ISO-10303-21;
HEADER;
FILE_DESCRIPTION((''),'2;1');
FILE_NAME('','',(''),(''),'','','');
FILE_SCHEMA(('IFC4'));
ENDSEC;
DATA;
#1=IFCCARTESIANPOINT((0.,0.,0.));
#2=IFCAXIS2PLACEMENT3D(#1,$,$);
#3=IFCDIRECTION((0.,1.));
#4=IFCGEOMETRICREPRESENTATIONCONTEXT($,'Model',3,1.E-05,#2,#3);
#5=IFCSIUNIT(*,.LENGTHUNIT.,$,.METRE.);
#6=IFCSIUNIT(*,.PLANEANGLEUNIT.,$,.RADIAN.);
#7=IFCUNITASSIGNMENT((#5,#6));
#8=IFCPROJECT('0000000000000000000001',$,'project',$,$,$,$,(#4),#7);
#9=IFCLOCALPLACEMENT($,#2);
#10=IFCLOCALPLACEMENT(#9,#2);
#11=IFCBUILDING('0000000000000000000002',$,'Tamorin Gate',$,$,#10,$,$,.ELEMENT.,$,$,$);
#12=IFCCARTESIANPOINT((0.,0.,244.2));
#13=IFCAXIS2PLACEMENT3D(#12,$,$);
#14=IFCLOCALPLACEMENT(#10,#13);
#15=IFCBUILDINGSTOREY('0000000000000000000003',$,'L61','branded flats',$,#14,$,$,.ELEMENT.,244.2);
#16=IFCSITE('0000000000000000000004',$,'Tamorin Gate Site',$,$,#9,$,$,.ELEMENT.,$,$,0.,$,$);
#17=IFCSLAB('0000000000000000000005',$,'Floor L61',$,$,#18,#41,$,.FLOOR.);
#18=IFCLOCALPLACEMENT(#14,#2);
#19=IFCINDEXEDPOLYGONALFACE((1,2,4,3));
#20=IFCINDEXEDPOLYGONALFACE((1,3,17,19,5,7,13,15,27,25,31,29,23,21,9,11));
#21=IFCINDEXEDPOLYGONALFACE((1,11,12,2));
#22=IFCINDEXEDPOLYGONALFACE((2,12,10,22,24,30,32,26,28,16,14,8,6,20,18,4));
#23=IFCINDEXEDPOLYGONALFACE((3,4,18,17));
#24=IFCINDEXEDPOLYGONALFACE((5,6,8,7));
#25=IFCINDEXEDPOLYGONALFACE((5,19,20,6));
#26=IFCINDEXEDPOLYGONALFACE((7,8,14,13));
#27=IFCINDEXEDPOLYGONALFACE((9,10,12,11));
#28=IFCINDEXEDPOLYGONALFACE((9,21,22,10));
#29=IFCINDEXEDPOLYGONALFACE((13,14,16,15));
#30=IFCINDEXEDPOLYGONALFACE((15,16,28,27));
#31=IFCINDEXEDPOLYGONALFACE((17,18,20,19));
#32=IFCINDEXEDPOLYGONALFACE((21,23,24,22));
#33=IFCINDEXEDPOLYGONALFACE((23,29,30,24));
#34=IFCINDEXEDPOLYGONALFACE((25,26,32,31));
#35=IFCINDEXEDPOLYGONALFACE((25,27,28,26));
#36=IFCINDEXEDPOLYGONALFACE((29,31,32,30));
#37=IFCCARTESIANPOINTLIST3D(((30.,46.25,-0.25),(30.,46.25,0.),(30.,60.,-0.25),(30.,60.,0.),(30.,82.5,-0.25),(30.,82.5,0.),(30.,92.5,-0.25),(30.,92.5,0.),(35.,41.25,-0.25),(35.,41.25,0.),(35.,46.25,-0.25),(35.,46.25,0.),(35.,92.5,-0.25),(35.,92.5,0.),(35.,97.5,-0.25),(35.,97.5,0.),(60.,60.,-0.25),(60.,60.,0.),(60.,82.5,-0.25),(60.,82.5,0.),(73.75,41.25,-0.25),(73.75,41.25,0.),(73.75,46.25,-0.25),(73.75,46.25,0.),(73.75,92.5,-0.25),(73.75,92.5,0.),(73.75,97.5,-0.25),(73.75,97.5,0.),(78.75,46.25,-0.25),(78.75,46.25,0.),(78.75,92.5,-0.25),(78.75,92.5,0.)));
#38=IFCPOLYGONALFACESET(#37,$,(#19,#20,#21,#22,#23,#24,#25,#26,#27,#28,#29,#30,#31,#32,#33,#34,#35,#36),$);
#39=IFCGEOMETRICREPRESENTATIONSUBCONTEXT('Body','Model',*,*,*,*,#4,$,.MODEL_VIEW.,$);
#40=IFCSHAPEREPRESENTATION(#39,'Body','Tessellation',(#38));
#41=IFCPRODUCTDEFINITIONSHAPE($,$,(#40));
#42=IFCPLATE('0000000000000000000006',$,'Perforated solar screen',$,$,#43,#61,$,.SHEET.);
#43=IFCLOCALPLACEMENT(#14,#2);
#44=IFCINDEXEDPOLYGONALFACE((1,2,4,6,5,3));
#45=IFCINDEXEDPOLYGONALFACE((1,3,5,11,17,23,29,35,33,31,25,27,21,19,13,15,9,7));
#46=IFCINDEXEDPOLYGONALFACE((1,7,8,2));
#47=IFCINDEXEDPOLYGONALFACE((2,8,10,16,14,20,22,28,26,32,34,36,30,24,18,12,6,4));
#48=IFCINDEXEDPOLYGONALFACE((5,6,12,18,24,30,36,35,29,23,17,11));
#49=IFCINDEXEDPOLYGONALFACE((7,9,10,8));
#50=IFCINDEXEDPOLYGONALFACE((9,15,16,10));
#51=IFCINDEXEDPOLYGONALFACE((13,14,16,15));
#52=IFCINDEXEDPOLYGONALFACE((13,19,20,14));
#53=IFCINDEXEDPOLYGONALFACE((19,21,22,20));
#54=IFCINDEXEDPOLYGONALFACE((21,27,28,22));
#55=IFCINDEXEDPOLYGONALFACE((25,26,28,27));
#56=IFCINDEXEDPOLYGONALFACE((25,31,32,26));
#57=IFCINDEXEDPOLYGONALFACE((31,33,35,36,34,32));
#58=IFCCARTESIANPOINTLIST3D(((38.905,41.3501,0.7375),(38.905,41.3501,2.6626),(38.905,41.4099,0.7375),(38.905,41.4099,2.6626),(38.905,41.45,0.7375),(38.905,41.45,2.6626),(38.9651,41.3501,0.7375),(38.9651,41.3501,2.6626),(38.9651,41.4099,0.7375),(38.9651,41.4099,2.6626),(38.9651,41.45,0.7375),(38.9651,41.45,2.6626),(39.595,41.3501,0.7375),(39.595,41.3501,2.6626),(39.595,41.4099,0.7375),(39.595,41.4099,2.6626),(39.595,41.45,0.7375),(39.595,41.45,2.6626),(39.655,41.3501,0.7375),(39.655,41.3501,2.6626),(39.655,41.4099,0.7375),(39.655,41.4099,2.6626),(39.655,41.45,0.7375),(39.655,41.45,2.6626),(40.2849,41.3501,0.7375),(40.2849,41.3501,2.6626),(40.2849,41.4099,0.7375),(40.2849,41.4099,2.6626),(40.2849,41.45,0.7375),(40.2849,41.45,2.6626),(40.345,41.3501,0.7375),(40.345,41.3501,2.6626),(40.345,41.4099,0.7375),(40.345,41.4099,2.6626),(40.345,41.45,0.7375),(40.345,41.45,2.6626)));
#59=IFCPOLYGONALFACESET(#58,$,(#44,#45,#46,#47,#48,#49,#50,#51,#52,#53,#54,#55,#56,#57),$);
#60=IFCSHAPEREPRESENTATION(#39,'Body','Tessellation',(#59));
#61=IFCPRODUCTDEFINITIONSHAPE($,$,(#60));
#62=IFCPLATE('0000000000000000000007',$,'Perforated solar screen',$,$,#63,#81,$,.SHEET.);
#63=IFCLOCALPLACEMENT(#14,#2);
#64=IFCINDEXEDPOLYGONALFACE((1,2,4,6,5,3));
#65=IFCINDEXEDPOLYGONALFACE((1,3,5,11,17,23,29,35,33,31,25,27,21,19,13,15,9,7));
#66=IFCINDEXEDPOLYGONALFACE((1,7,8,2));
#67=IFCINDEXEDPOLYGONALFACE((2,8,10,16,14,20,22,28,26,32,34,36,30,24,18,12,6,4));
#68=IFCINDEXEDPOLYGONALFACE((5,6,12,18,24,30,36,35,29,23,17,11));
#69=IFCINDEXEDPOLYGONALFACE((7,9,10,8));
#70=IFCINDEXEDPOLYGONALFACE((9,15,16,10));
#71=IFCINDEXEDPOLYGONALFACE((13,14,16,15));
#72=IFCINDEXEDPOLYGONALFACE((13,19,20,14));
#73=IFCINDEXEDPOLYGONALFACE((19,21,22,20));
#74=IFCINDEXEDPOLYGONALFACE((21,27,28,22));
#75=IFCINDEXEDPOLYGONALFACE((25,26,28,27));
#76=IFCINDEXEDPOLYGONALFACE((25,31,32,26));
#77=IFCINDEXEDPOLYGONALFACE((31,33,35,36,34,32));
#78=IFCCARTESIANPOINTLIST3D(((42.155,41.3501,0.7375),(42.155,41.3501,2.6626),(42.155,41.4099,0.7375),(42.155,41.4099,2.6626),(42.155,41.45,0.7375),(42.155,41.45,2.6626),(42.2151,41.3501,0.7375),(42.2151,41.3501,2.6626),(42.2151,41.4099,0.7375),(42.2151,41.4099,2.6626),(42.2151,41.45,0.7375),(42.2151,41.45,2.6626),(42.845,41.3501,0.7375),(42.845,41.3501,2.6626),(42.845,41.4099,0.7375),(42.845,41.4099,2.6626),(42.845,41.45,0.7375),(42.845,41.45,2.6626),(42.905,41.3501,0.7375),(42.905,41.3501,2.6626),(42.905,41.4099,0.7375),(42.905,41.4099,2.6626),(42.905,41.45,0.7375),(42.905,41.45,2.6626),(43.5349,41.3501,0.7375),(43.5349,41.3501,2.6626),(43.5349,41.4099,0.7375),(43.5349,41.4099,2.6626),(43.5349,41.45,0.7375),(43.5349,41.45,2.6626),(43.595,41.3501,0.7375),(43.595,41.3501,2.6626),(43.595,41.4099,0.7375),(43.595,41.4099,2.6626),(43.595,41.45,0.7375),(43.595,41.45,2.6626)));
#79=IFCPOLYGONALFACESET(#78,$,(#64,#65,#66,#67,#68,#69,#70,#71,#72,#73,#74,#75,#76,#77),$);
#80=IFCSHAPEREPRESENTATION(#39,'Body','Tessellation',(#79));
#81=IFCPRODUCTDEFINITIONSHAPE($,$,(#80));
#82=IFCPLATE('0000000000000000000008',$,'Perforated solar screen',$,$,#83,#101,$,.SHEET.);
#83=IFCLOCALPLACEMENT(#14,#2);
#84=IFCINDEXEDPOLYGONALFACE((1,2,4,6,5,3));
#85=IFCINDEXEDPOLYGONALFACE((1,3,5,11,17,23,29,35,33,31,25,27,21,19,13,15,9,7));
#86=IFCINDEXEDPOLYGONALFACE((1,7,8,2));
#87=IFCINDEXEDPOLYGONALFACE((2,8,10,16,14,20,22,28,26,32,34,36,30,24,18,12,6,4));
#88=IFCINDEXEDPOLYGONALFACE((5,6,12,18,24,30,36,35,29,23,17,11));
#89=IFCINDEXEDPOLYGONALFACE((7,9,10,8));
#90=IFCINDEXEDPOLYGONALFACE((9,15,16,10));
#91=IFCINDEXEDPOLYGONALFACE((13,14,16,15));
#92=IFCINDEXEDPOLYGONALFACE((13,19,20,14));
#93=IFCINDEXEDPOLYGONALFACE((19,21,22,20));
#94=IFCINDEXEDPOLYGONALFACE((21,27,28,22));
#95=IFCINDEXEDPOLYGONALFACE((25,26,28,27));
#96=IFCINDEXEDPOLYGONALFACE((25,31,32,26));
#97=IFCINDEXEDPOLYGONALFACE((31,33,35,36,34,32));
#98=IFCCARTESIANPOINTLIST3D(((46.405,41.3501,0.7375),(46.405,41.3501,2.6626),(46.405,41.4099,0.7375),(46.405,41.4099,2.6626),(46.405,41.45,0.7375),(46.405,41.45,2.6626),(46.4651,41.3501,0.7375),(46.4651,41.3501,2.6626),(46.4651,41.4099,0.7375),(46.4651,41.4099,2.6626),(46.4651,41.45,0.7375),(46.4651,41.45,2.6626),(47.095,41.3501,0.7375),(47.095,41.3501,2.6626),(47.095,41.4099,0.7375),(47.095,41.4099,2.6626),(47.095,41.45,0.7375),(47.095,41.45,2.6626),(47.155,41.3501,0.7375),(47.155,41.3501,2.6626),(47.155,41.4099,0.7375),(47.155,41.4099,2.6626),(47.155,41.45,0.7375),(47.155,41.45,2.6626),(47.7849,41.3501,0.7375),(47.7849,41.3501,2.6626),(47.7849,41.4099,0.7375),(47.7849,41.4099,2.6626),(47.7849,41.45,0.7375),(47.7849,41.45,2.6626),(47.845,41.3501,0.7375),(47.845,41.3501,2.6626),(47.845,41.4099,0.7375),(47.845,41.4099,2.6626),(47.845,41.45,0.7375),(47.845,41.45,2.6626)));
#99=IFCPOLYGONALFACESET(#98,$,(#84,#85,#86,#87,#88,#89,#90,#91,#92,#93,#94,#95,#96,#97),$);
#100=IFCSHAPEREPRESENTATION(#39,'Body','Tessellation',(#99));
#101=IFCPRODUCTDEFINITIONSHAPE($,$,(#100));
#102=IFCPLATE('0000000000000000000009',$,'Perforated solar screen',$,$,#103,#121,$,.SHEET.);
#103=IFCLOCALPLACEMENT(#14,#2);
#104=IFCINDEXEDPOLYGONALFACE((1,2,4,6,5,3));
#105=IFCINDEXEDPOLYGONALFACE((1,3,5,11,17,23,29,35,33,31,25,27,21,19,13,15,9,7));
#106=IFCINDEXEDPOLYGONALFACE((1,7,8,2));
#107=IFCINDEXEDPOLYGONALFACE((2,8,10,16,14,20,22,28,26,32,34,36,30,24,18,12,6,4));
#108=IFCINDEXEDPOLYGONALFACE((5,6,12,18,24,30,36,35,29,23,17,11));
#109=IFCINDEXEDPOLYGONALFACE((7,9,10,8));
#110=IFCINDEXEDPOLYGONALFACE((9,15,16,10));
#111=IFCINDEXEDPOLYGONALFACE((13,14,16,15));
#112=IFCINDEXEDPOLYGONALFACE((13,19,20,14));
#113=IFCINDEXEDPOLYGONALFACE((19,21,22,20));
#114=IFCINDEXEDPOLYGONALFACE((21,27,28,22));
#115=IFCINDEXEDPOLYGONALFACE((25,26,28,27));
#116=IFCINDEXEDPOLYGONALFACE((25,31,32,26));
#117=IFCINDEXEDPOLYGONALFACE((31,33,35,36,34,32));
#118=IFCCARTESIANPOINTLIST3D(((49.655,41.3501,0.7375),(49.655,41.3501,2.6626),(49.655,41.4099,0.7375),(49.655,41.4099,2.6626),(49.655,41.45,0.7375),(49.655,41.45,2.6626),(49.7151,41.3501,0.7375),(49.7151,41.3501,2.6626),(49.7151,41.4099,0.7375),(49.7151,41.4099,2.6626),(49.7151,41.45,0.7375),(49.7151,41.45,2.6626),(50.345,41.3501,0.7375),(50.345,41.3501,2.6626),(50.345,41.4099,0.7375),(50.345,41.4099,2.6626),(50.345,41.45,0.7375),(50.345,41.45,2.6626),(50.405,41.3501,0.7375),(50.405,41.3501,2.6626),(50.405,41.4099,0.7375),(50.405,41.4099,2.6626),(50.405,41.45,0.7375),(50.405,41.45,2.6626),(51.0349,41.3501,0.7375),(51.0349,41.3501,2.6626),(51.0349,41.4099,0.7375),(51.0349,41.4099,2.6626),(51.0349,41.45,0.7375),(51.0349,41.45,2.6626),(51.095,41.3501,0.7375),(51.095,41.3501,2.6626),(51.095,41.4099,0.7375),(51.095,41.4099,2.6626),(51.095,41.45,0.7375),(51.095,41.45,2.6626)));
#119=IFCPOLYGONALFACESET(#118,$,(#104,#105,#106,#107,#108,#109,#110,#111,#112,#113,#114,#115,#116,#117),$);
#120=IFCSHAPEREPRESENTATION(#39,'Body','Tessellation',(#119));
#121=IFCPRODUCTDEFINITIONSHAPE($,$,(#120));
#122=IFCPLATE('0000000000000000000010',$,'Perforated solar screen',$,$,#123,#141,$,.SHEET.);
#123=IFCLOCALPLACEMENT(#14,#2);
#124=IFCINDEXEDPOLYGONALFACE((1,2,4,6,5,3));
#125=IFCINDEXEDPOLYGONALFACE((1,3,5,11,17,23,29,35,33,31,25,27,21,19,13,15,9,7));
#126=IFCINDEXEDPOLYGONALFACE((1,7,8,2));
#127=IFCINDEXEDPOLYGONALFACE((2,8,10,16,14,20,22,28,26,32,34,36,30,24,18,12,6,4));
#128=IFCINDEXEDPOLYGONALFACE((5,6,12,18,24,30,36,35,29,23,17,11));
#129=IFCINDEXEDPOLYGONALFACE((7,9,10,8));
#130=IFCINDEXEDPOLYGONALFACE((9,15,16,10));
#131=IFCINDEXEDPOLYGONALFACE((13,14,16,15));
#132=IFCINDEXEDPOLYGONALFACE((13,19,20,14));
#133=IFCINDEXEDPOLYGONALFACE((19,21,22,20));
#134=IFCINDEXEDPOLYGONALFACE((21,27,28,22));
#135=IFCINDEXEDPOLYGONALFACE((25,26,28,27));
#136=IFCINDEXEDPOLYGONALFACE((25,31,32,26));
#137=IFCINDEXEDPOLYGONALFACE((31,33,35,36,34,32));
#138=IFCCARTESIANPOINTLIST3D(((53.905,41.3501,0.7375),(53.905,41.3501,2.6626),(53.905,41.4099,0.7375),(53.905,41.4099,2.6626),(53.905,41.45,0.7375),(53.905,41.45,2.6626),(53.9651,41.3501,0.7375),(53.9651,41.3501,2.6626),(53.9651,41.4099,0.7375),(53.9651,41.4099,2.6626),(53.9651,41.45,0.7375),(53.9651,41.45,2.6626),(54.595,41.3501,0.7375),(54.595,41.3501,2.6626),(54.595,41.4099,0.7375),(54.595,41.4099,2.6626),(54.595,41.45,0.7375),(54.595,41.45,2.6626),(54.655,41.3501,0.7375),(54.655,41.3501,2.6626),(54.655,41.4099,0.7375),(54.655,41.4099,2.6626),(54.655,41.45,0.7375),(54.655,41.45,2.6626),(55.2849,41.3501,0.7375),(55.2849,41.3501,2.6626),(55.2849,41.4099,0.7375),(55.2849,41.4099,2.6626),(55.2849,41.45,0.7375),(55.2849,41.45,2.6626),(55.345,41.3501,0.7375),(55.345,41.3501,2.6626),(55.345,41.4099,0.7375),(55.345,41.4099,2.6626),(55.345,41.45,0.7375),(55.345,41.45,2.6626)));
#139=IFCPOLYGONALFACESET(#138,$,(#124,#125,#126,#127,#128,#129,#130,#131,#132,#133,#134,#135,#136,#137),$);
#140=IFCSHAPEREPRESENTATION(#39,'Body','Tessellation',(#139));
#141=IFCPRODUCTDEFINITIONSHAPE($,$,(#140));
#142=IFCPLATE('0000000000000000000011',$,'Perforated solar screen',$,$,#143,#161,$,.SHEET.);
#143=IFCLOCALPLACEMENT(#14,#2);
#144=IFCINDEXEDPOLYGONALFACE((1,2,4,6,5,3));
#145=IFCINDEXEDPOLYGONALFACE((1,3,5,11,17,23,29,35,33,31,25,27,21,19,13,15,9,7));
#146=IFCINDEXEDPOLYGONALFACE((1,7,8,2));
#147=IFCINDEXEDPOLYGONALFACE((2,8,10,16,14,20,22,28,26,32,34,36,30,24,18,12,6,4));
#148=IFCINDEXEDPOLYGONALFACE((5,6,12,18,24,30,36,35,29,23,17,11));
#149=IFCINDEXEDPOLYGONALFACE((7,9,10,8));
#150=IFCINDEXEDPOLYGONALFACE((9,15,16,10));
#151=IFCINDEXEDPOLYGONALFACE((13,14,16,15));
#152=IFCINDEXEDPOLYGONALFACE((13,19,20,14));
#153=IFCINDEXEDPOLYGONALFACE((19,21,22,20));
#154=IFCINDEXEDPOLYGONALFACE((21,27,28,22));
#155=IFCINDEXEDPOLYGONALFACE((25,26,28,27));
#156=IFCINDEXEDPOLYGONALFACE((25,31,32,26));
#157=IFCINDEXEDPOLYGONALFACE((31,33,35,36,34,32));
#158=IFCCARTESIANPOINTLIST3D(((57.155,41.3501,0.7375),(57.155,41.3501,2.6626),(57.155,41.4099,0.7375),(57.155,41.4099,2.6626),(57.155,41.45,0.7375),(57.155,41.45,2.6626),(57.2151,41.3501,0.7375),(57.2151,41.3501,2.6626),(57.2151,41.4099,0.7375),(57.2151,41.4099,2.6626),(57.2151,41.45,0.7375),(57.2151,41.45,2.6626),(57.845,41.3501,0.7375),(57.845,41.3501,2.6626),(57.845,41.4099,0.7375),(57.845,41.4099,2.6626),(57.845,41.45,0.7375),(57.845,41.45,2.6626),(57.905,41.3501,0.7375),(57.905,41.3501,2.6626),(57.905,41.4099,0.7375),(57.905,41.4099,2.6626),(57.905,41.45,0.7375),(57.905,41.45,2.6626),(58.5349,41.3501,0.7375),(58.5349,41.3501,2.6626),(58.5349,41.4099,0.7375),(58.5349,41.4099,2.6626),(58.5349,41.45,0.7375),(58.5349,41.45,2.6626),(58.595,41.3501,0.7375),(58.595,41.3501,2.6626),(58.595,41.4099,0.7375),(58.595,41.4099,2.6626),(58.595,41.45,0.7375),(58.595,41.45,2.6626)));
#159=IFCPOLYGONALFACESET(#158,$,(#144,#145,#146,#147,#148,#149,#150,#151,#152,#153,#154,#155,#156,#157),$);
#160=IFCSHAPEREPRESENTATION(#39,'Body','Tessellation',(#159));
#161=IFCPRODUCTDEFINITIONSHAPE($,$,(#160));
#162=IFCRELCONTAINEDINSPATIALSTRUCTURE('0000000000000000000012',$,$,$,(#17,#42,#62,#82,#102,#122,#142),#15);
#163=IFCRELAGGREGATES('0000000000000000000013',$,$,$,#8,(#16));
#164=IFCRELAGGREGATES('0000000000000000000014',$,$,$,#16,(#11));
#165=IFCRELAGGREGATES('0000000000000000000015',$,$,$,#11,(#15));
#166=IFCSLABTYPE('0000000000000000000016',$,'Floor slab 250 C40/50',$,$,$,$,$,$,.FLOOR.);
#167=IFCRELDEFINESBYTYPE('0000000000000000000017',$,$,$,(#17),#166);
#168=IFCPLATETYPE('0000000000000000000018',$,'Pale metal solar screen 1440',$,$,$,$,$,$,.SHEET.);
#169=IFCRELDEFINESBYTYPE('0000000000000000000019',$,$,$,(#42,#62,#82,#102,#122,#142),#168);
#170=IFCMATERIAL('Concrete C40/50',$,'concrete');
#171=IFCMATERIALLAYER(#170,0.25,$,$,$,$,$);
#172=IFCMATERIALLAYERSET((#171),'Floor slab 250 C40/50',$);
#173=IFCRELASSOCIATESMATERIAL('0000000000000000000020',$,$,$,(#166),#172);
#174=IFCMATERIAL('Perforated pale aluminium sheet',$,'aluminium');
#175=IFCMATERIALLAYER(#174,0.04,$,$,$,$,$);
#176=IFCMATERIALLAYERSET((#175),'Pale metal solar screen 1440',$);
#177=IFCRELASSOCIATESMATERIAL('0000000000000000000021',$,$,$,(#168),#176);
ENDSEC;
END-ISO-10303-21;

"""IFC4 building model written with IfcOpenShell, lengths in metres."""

from ifc_helpers import new_model, si_unit, direction, frame, origin, place, context, subcontext, project, spatial, polyline, outline, extrude, material, layer, layer_set, type_object, element, save


model = new_model("IFC4")

# Units and contexts
model_context = context("Model", 3, precision=1e-05, world=origin(), true_north=direction((0.0, 1.0)))
body_context = subcontext(model_context, "Body", "Model", "MODEL_VIEW")
ifc_project = project(units=[si_unit("LENGTHUNIT", "METRE"), si_unit("PLANEANGLEUNIT", "RADIAN")], contexts=[model_context])

# Site, building, storey
site_placement = place(None, origin())
site = spatial("IfcSite", under=ifc_project, at=site_placement, Name="Tamorin Gate Site", CompositionType="ELEMENT", RefElevation=0.0)
building_placement = place(site_placement, origin())
building = spatial("IfcBuilding", under=site, at=building_placement, Name="Tamorin Gate", CompositionType="ELEMENT")
storey_placement = place(building_placement, frame((0.0, 0.0, 244.2)))
storey = spatial("IfcBuildingStorey", under=building, at=storey_placement, Name="L61", Description="branded flats", CompositionType="ELEMENT", Elevation=244.2)

# Slab
ifc_material_1 = material(Name="Concrete C40/50", Category="concrete")
ifc_layer_1 = layer(ifc_material_1, 0.25)
ifc_layer_set_1 = layer_set([ifc_layer_1], Name="Floor slab 250 C40/50")
slab_type = type_object("IfcSlabType", Name="Floor slab 250 C40/50", PredefinedType="FLOOR", material=ifc_layer_set_1)
slab_placement = place(storey_placement, frame((0.0, 0.0, -0.25)))
element("IfcSlab", 1, at=slab_placement, inside=storey, type_object=slab_type, Name="Floor L61", PredefinedType="FLOOR", context=body_context, shape_type="SweptSolid", body=[
    extrude(outline(polyline([(30.0, 92.5), (35.0, 92.5), (35.0, 97.5), (73.75, 97.5), (73.75, 92.5), (78.75, 92.5), (78.75, 46.25), (73.75, 46.25), (73.75, 41.25), (35.0, 41.25), (35.0, 46.25), (30.0, 46.25), (30.0, 60.0), (60.0, 60.0), (60.0, 82.5), (30.0, 82.5), (30.0, 92.5)])), origin(), (0.0, 0.0, 1.0), 0.25),
])

# Plates
ifc_material_2 = material(Name="Perforated pale aluminium sheet", Category="aluminium")
ifc_layer_2 = layer(ifc_material_2, 0.04)
ifc_layer_set_2 = layer_set([ifc_layer_2], Name="Pale metal solar screen 1440")
plate_type = type_object("IfcPlateType", Name="Pale metal solar screen 1440", PredefinedType="SHEET", material=ifc_layer_set_2)
plate_1_placement = place(storey_placement, frame((0.0, 0.0, 0.7375)))
element("IfcPlate", 2, at=plate_1_placement, inside=storey, type_object=plate_type, Name="Perforated solar screen", PredefinedType="SHEET", context=body_context, shape_type="SweptSolid", body=[
    extrude(outline(polyline([(38.905, 41.4099), (38.905, 41.45), (38.9651, 41.45), (39.595, 41.45), (39.655, 41.45), (40.2849, 41.45), (40.345, 41.45), (40.345, 41.45), (40.345, 41.4099), (40.345, 41.4099), (40.345, 41.3501), (40.2849, 41.3501), (40.2849, 41.4099), (39.655, 41.4099), (39.655, 41.3501), (39.595, 41.3501), (39.595, 41.4099), (38.9651, 41.4099), (38.9651, 41.3501), (38.905, 41.3501), (38.905, 41.4099)])), origin(), (0.0, 0.0, 1.0), 1.925),
])
plate_2_placement = place(storey_placement, frame((0.0, 0.0, 0.7375)))
element("IfcPlate", 3, at=plate_2_placement, inside=storey, type_object=plate_type, Name="Perforated solar screen", PredefinedType="SHEET", context=body_context, shape_type="SweptSolid", body=[
    extrude(outline(polyline([(42.155, 41.4099), (42.155, 41.45), (42.2151, 41.45), (42.845, 41.45), (42.905, 41.45), (43.5349, 41.45), (43.595, 41.45), (43.595, 41.4099), (43.595, 41.3501), (43.5349, 41.3501), (43.5349, 41.4099), (42.905, 41.4099), (42.905, 41.3501), (42.845, 41.3501), (42.845, 41.4099), (42.2151, 41.4099), (42.2151, 41.3501), (42.155, 41.3501), (42.155, 41.4099)])), origin(), (0.0, 0.0, 1.0), 1.925),
])
plate_3_placement = place(storey_placement, frame((0.0, 0.0, 0.7375)))
element("IfcPlate", 4, at=plate_3_placement, inside=storey, type_object=plate_type, Name="Perforated solar screen", PredefinedType="SHEET", context=body_context, shape_type="SweptSolid", body=[
    extrude(outline(polyline([(46.405, 41.4099), (46.405, 41.45), (46.4651, 41.45), (47.095, 41.45), (47.155, 41.45), (47.7849, 41.45), (47.845, 41.45), (47.845, 41.4099), (47.845, 41.3501), (47.7849, 41.3501), (47.7849, 41.4099), (47.155, 41.4099), (47.155, 41.3501), (47.095, 41.3501), (47.095, 41.4099), (46.4651, 41.4099), (46.4651, 41.3501), (46.405, 41.3501), (46.405, 41.4099)])), origin(), (0.0, 0.0, 1.0), 1.925),
])
plate_4_placement = place(storey_placement, frame((0.0, 0.0, 0.7375)))
element("IfcPlate", 5, at=plate_4_placement, inside=storey, type_object=plate_type, Name="Perforated solar screen", PredefinedType="SHEET", context=body_context, shape_type="SweptSolid", body=[
    extrude(outline(polyline([(49.655, 41.4099), (49.655, 41.45), (49.7151, 41.45), (50.345, 41.45), (50.405, 41.45), (51.0349, 41.45), (51.095, 41.45), (51.095, 41.4099), (51.095, 41.3501), (51.0349, 41.3501), (51.0349, 41.4099), (50.405, 41.4099), (50.405, 41.3501), (50.345, 41.3501), (50.345, 41.4099), (49.7151, 41.4099), (49.7151, 41.3501), (49.655, 41.3501), (49.655, 41.4099)])), origin(), (0.0, 0.0, 1.0), 1.925),
])
plate_5_placement = place(storey_placement, frame((0.0, 0.0, 0.7375)))
element("IfcPlate", 6, at=plate_5_placement, inside=storey, type_object=plate_type, Name="Perforated solar screen", PredefinedType="SHEET", context=body_context, shape_type="SweptSolid", body=[
    extrude(outline(polyline([(53.905, 41.4099), (53.905, 41.45), (53.9651, 41.45), (54.595, 41.45), (54.655, 41.45), (55.2849, 41.45), (55.345, 41.45), (55.345, 41.4099), (55.345, 41.3501), (55.2849, 41.3501), (55.2849, 41.4099), (54.655, 41.4099), (54.655, 41.3501), (54.595, 41.3501), (54.595, 41.4099), (53.9651, 41.4099), (53.9651, 41.3501), (53.905, 41.3501), (53.905, 41.4099)])), origin(), (0.0, 0.0, 1.0), 1.925),
])
plate_6_placement = place(storey_placement, frame((0.0, 0.0, 0.7375)))
element("IfcPlate", 7, at=plate_6_placement, inside=storey, type_object=plate_type, Name="Perforated solar screen", PredefinedType="SHEET", context=body_context, shape_type="SweptSolid", body=[
    extrude(outline(polyline([(57.155, 41.4099), (57.155, 41.45), (57.2151, 41.45), (57.845, 41.45), (57.905, 41.45), (58.5349, 41.45), (58.595, 41.45), (58.595, 41.4099), (58.595, 41.3501), (58.5349, 41.3501), (58.5349, 41.4099), (57.905, 41.4099), (57.905, 41.3501), (57.845, 41.3501), (57.845, 41.4099), (57.2151, 41.4099), (57.2151, 41.3501), (57.155, 41.3501), (57.155, 41.4099)])), origin(), (0.0, 0.0, 1.0), 1.925),
])

save(model, "model.ifc")
